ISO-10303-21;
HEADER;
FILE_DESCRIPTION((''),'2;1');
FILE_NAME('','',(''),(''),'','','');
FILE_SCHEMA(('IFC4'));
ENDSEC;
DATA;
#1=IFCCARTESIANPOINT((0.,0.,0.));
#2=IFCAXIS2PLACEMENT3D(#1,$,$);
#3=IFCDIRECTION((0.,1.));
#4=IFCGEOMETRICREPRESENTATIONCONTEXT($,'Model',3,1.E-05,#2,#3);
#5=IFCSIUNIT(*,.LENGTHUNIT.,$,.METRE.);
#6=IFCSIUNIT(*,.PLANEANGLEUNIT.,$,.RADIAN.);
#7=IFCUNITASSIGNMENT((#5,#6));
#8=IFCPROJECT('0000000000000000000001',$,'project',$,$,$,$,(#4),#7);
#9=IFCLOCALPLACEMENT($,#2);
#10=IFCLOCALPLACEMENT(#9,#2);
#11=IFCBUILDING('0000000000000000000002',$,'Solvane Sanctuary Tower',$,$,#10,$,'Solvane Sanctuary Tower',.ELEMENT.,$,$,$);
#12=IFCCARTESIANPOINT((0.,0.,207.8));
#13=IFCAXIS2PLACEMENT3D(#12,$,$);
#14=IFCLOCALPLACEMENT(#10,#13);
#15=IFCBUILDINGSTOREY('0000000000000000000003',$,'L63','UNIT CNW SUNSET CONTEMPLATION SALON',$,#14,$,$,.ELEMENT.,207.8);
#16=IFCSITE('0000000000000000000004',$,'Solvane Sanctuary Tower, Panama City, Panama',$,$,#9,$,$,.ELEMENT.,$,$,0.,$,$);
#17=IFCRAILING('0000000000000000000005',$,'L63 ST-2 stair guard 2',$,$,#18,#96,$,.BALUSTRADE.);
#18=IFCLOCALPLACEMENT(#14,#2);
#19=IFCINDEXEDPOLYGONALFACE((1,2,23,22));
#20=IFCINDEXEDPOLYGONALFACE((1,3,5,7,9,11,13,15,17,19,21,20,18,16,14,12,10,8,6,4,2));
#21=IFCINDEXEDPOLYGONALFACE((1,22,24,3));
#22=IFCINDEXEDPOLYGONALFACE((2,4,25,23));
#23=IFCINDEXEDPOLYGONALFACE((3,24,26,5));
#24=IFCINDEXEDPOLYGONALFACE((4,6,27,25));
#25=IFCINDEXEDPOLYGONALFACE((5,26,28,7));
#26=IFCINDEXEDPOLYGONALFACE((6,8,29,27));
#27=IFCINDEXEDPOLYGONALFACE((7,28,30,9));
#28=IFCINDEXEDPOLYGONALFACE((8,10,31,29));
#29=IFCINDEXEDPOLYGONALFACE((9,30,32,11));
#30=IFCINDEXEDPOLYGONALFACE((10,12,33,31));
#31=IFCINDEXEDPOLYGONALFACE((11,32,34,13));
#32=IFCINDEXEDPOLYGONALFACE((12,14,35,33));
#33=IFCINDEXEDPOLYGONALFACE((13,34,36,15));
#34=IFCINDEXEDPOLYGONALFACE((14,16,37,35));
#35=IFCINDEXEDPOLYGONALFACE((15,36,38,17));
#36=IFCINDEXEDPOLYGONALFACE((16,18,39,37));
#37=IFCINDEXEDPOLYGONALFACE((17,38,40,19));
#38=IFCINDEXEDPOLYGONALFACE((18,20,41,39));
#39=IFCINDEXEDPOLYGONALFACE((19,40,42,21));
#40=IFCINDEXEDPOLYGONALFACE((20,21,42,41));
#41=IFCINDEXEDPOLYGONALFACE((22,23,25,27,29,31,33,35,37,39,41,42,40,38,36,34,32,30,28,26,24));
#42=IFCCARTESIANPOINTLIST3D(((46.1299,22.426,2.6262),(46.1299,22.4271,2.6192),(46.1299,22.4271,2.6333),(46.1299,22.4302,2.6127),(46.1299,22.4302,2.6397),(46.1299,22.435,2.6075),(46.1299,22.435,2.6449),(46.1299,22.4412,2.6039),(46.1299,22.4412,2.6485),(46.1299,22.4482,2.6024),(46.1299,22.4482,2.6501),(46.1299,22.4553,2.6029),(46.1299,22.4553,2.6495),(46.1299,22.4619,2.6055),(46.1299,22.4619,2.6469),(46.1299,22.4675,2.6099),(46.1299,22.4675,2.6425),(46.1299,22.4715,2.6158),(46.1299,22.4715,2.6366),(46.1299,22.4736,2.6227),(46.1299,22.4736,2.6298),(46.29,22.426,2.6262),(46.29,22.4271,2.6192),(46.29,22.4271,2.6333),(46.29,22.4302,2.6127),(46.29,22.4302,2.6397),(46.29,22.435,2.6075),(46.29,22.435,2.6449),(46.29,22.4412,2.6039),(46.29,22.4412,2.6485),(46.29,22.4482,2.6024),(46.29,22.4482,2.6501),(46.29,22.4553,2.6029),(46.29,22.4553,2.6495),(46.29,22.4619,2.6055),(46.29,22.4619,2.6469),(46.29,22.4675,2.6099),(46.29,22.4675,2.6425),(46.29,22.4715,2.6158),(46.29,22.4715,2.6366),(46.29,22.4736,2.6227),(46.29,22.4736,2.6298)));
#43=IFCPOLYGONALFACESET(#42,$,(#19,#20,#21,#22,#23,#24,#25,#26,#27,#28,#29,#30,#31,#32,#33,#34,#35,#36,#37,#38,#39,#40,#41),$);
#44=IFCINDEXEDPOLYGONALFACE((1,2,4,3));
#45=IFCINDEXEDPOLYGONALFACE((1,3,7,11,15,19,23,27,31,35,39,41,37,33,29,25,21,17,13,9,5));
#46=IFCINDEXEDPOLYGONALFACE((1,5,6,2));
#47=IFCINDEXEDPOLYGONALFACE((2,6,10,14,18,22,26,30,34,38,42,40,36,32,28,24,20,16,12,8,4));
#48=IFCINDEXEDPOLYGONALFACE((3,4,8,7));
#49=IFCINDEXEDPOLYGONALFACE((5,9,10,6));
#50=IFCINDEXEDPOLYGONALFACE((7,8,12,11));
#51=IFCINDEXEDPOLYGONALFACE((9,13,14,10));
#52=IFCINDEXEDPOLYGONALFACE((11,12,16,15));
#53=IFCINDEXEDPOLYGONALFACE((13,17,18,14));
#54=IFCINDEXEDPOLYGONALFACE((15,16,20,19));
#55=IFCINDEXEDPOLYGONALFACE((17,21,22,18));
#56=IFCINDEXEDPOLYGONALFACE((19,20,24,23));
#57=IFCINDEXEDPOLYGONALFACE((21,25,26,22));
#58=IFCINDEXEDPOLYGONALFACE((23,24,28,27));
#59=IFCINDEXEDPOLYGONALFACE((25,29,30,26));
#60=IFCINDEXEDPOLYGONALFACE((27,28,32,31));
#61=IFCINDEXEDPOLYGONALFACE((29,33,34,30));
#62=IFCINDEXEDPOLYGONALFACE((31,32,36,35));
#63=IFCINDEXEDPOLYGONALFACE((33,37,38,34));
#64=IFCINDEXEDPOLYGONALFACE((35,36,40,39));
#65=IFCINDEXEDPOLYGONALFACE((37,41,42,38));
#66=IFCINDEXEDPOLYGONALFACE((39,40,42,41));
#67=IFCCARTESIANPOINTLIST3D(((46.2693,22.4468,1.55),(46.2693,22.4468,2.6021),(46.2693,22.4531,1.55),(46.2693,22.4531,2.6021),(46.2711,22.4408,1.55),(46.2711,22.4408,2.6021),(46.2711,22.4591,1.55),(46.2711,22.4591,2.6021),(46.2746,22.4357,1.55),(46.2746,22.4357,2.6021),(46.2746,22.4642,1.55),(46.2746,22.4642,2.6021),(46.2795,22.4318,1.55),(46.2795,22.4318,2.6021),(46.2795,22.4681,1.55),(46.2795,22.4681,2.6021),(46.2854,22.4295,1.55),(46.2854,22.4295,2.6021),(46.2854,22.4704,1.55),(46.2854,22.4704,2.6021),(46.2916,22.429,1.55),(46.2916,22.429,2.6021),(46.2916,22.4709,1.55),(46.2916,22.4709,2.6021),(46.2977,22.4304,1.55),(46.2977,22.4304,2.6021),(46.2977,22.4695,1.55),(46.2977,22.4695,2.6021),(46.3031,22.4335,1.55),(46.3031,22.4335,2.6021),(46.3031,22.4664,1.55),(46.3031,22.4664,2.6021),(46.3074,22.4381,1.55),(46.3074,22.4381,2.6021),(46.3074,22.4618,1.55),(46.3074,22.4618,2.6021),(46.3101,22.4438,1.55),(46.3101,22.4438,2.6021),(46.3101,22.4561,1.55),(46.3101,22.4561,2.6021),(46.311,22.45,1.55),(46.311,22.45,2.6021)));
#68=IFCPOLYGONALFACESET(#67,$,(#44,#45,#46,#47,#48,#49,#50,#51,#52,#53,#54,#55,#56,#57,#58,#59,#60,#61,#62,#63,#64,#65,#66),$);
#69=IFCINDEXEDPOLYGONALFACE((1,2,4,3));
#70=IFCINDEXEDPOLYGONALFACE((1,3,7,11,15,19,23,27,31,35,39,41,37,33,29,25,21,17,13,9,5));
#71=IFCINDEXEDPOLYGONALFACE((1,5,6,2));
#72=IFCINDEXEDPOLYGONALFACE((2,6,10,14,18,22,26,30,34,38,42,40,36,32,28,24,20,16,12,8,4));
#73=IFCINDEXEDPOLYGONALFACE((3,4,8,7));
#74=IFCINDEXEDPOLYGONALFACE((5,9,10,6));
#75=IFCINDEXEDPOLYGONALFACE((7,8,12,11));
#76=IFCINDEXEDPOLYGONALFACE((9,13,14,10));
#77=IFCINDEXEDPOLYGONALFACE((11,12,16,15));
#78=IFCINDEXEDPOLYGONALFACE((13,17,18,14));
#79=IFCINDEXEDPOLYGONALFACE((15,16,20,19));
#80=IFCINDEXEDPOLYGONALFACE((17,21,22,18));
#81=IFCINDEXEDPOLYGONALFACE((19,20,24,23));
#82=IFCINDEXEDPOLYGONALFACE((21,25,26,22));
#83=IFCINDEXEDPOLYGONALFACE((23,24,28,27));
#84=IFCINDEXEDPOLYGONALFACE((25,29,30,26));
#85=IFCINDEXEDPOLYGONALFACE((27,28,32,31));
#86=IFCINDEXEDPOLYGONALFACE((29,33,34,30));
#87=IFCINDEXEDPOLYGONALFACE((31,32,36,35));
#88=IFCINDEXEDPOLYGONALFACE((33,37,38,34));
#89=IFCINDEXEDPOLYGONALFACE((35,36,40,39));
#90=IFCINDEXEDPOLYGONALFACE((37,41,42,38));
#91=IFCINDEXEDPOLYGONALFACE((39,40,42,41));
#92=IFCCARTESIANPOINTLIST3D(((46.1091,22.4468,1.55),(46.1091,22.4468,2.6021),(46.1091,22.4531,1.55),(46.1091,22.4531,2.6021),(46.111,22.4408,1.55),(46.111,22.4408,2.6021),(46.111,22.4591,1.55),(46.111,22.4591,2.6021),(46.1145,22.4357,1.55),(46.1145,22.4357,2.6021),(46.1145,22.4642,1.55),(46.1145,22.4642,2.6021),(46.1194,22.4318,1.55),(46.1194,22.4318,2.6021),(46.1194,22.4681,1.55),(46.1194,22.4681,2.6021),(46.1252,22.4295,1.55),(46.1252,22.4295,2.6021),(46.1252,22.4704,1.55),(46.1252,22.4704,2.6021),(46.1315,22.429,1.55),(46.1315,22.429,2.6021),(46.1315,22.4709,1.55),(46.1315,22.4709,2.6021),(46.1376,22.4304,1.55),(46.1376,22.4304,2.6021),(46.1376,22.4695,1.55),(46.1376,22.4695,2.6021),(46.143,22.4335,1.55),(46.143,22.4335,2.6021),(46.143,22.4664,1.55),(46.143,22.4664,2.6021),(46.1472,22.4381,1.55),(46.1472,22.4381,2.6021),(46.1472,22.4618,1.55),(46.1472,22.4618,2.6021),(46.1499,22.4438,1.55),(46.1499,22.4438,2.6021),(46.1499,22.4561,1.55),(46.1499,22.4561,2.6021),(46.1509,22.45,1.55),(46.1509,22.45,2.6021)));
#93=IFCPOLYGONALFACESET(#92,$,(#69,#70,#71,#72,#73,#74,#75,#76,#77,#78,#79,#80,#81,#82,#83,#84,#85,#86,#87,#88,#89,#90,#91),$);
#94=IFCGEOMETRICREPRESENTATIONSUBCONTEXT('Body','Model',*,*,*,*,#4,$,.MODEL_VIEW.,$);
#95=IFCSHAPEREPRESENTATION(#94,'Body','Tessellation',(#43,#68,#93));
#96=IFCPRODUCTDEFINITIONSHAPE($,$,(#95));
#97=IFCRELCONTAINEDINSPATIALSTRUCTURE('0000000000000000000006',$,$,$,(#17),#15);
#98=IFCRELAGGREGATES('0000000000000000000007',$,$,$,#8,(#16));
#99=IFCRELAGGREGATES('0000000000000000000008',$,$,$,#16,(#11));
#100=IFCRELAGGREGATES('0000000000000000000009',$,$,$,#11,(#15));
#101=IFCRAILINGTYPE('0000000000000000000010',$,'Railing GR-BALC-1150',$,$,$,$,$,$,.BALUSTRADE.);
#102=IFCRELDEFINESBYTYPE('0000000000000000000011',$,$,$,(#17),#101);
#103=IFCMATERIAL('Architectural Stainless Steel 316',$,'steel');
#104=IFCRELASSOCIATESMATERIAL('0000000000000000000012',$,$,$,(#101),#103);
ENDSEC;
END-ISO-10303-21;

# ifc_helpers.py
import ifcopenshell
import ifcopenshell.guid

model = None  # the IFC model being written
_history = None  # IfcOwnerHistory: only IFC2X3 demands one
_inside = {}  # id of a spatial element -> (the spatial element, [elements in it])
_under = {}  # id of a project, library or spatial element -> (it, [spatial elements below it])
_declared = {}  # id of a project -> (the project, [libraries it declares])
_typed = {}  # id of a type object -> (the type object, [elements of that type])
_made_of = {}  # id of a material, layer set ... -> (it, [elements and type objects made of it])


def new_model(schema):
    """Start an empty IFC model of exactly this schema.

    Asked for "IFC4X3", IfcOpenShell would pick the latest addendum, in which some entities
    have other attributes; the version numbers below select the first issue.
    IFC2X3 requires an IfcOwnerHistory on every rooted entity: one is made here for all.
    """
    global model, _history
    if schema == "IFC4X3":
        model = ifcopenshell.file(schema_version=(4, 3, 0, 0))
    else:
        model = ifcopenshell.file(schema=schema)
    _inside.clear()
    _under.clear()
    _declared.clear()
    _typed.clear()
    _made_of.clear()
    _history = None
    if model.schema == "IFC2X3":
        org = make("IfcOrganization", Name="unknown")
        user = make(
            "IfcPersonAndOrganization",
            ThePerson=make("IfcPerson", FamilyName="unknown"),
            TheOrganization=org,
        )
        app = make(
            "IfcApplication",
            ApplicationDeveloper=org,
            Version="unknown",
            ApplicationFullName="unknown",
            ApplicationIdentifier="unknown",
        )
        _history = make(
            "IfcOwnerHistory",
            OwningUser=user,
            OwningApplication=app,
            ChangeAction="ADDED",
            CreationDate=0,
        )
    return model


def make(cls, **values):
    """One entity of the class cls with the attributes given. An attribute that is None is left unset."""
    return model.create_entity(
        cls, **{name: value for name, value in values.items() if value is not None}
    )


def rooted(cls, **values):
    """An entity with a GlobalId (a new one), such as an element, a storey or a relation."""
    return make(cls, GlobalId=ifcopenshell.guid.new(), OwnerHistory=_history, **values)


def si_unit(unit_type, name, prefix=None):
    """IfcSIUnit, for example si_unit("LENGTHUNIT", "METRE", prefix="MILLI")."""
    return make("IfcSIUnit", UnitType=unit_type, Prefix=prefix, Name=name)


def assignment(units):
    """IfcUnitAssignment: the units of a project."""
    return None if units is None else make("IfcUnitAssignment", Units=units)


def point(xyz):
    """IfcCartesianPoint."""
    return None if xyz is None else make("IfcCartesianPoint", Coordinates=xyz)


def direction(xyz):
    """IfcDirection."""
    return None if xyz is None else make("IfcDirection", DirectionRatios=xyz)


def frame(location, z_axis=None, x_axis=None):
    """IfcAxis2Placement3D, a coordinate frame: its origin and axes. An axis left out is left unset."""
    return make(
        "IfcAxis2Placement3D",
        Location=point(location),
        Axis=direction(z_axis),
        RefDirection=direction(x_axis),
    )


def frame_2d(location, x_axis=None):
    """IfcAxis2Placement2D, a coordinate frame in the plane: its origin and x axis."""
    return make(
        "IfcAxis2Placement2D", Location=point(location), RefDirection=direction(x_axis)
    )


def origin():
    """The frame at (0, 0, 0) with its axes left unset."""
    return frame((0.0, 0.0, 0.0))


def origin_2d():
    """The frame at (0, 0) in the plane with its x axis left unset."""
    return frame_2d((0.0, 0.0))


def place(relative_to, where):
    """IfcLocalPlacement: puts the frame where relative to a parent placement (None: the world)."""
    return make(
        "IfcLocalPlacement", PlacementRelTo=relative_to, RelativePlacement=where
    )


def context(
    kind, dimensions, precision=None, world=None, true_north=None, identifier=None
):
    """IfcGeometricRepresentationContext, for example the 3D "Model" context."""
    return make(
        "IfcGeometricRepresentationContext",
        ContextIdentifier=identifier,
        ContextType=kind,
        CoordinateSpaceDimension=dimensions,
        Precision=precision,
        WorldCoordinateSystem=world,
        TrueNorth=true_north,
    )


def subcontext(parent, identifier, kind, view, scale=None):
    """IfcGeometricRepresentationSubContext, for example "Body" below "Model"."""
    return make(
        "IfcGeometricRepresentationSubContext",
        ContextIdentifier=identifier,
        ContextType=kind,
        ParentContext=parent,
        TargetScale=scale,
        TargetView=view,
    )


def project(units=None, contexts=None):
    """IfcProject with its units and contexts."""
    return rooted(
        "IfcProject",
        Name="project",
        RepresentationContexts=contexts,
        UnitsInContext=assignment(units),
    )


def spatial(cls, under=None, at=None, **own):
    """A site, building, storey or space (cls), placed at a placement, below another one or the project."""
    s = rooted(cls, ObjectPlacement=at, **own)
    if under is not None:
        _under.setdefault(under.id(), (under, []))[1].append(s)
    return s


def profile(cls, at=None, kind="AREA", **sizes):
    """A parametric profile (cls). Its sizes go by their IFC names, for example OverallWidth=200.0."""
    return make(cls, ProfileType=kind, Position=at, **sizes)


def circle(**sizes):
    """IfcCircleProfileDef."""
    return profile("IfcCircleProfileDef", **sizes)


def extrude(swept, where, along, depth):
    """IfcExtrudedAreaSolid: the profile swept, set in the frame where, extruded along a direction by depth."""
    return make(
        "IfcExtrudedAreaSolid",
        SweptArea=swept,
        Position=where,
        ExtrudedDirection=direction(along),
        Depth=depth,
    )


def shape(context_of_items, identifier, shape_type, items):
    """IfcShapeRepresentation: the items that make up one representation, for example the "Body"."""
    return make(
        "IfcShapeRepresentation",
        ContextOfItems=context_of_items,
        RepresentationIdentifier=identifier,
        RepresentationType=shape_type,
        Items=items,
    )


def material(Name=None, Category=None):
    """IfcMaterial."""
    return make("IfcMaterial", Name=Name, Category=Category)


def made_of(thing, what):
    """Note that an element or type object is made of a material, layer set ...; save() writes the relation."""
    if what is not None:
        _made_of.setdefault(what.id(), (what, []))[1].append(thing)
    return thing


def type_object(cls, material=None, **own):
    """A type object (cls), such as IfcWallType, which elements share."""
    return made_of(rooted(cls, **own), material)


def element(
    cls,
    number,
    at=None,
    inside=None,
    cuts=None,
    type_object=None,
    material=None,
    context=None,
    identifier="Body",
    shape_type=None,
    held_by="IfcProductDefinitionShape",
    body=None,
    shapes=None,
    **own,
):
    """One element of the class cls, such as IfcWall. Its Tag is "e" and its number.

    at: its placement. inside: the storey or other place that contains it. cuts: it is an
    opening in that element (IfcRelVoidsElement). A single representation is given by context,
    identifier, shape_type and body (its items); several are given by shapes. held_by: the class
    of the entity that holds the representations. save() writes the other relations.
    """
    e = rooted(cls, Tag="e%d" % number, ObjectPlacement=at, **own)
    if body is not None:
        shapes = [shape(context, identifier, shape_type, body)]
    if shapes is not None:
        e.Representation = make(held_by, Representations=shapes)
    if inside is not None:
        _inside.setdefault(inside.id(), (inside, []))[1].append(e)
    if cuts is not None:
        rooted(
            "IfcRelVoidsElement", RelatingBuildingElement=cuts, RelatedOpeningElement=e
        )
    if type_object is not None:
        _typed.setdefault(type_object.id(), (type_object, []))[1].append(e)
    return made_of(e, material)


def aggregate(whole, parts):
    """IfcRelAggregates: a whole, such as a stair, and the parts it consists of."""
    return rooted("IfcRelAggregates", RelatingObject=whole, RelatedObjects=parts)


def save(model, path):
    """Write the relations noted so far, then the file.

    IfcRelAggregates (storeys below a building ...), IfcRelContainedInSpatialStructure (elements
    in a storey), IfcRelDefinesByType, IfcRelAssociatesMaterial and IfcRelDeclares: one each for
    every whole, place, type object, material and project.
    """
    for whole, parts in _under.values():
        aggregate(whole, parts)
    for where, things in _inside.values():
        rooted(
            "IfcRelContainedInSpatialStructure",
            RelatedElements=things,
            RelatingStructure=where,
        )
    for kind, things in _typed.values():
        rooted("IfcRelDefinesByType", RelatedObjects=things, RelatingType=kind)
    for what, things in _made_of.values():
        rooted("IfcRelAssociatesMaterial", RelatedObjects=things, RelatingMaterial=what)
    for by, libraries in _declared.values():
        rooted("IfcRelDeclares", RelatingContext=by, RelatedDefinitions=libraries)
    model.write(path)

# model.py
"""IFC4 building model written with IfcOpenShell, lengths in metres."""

from ifc_helpers import new_model, si_unit, direction, frame, origin, origin_2d, place, context, subcontext, project, spatial, circle, extrude, material, type_object, element, save


model = new_model("IFC4")

# Units and contexts
model_context = context("Model", 3, precision=1e-05, world=origin(), true_north=direction((0.0, 1.0)))
body_context = subcontext(model_context, "Body", "Model", "MODEL_VIEW")
ifc_project = project(units=[si_unit("LENGTHUNIT", "METRE"), si_unit("PLANEANGLEUNIT", "RADIAN")], contexts=[model_context])

# Site, building, storey
site_placement = place(None, origin())
site = spatial("IfcSite", under=ifc_project, at=site_placement, Name="Solvane Sanctuary Tower, Panama City, Panama", CompositionType="ELEMENT", RefElevation=0.0)
building_placement = place(site_placement, origin())
building = spatial("IfcBuilding", under=site, at=building_placement, Name="Solvane Sanctuary Tower", LongName="Solvane Sanctuary Tower", CompositionType="ELEMENT")
storey_placement = place(building_placement, frame((0.0, 0.0, 207.8)))
storey = spatial("IfcBuildingStorey", under=building, at=storey_placement, Name="L63", Description="UNIT CNW SUNSET CONTEMPLATION SALON", CompositionType="ELEMENT", Elevation=207.8)

# Shared definitions
ifc_material_1 = material(Name="Architectural Stainless Steel 316", Category="steel")

# Railing
railing_type = type_object("IfcRailingType", Name="Railing GR-BALC-1150", PredefinedType="BALUSTRADE", material=ifc_material_1)
railing_1_placement = place(storey_placement, frame((46.29, 22.45, 1.55)))
element("IfcRailing", 1, at=railing_1_placement, inside=storey, type_object=railing_type, Name="L63 ST-2 stair guard 2", PredefinedType="BALUSTRADE", context=body_context, shape_type="SweptSolid", body=[
    extrude(circle(Radius=0.0239, at=origin_2d()), frame((0.0, 0.0, 1.0762), z_axis=(-1.0, 0.0, 0.0), x_axis=(0.0, -1.0, 0.0)), (0.0, 0.0, 1.0), 0.1602),
    extrude(circle(Radius=0.021, at=origin_2d()), origin(), (0.0, 0.0, 1.0), 1.052),
    extrude(circle(Radius=0.021, at=origin_2d()), frame((-0.1602, 0.0, 0.0)), (0.0, 0.0, 1.0), 1.052),
])

save(model, "model.ifc")
